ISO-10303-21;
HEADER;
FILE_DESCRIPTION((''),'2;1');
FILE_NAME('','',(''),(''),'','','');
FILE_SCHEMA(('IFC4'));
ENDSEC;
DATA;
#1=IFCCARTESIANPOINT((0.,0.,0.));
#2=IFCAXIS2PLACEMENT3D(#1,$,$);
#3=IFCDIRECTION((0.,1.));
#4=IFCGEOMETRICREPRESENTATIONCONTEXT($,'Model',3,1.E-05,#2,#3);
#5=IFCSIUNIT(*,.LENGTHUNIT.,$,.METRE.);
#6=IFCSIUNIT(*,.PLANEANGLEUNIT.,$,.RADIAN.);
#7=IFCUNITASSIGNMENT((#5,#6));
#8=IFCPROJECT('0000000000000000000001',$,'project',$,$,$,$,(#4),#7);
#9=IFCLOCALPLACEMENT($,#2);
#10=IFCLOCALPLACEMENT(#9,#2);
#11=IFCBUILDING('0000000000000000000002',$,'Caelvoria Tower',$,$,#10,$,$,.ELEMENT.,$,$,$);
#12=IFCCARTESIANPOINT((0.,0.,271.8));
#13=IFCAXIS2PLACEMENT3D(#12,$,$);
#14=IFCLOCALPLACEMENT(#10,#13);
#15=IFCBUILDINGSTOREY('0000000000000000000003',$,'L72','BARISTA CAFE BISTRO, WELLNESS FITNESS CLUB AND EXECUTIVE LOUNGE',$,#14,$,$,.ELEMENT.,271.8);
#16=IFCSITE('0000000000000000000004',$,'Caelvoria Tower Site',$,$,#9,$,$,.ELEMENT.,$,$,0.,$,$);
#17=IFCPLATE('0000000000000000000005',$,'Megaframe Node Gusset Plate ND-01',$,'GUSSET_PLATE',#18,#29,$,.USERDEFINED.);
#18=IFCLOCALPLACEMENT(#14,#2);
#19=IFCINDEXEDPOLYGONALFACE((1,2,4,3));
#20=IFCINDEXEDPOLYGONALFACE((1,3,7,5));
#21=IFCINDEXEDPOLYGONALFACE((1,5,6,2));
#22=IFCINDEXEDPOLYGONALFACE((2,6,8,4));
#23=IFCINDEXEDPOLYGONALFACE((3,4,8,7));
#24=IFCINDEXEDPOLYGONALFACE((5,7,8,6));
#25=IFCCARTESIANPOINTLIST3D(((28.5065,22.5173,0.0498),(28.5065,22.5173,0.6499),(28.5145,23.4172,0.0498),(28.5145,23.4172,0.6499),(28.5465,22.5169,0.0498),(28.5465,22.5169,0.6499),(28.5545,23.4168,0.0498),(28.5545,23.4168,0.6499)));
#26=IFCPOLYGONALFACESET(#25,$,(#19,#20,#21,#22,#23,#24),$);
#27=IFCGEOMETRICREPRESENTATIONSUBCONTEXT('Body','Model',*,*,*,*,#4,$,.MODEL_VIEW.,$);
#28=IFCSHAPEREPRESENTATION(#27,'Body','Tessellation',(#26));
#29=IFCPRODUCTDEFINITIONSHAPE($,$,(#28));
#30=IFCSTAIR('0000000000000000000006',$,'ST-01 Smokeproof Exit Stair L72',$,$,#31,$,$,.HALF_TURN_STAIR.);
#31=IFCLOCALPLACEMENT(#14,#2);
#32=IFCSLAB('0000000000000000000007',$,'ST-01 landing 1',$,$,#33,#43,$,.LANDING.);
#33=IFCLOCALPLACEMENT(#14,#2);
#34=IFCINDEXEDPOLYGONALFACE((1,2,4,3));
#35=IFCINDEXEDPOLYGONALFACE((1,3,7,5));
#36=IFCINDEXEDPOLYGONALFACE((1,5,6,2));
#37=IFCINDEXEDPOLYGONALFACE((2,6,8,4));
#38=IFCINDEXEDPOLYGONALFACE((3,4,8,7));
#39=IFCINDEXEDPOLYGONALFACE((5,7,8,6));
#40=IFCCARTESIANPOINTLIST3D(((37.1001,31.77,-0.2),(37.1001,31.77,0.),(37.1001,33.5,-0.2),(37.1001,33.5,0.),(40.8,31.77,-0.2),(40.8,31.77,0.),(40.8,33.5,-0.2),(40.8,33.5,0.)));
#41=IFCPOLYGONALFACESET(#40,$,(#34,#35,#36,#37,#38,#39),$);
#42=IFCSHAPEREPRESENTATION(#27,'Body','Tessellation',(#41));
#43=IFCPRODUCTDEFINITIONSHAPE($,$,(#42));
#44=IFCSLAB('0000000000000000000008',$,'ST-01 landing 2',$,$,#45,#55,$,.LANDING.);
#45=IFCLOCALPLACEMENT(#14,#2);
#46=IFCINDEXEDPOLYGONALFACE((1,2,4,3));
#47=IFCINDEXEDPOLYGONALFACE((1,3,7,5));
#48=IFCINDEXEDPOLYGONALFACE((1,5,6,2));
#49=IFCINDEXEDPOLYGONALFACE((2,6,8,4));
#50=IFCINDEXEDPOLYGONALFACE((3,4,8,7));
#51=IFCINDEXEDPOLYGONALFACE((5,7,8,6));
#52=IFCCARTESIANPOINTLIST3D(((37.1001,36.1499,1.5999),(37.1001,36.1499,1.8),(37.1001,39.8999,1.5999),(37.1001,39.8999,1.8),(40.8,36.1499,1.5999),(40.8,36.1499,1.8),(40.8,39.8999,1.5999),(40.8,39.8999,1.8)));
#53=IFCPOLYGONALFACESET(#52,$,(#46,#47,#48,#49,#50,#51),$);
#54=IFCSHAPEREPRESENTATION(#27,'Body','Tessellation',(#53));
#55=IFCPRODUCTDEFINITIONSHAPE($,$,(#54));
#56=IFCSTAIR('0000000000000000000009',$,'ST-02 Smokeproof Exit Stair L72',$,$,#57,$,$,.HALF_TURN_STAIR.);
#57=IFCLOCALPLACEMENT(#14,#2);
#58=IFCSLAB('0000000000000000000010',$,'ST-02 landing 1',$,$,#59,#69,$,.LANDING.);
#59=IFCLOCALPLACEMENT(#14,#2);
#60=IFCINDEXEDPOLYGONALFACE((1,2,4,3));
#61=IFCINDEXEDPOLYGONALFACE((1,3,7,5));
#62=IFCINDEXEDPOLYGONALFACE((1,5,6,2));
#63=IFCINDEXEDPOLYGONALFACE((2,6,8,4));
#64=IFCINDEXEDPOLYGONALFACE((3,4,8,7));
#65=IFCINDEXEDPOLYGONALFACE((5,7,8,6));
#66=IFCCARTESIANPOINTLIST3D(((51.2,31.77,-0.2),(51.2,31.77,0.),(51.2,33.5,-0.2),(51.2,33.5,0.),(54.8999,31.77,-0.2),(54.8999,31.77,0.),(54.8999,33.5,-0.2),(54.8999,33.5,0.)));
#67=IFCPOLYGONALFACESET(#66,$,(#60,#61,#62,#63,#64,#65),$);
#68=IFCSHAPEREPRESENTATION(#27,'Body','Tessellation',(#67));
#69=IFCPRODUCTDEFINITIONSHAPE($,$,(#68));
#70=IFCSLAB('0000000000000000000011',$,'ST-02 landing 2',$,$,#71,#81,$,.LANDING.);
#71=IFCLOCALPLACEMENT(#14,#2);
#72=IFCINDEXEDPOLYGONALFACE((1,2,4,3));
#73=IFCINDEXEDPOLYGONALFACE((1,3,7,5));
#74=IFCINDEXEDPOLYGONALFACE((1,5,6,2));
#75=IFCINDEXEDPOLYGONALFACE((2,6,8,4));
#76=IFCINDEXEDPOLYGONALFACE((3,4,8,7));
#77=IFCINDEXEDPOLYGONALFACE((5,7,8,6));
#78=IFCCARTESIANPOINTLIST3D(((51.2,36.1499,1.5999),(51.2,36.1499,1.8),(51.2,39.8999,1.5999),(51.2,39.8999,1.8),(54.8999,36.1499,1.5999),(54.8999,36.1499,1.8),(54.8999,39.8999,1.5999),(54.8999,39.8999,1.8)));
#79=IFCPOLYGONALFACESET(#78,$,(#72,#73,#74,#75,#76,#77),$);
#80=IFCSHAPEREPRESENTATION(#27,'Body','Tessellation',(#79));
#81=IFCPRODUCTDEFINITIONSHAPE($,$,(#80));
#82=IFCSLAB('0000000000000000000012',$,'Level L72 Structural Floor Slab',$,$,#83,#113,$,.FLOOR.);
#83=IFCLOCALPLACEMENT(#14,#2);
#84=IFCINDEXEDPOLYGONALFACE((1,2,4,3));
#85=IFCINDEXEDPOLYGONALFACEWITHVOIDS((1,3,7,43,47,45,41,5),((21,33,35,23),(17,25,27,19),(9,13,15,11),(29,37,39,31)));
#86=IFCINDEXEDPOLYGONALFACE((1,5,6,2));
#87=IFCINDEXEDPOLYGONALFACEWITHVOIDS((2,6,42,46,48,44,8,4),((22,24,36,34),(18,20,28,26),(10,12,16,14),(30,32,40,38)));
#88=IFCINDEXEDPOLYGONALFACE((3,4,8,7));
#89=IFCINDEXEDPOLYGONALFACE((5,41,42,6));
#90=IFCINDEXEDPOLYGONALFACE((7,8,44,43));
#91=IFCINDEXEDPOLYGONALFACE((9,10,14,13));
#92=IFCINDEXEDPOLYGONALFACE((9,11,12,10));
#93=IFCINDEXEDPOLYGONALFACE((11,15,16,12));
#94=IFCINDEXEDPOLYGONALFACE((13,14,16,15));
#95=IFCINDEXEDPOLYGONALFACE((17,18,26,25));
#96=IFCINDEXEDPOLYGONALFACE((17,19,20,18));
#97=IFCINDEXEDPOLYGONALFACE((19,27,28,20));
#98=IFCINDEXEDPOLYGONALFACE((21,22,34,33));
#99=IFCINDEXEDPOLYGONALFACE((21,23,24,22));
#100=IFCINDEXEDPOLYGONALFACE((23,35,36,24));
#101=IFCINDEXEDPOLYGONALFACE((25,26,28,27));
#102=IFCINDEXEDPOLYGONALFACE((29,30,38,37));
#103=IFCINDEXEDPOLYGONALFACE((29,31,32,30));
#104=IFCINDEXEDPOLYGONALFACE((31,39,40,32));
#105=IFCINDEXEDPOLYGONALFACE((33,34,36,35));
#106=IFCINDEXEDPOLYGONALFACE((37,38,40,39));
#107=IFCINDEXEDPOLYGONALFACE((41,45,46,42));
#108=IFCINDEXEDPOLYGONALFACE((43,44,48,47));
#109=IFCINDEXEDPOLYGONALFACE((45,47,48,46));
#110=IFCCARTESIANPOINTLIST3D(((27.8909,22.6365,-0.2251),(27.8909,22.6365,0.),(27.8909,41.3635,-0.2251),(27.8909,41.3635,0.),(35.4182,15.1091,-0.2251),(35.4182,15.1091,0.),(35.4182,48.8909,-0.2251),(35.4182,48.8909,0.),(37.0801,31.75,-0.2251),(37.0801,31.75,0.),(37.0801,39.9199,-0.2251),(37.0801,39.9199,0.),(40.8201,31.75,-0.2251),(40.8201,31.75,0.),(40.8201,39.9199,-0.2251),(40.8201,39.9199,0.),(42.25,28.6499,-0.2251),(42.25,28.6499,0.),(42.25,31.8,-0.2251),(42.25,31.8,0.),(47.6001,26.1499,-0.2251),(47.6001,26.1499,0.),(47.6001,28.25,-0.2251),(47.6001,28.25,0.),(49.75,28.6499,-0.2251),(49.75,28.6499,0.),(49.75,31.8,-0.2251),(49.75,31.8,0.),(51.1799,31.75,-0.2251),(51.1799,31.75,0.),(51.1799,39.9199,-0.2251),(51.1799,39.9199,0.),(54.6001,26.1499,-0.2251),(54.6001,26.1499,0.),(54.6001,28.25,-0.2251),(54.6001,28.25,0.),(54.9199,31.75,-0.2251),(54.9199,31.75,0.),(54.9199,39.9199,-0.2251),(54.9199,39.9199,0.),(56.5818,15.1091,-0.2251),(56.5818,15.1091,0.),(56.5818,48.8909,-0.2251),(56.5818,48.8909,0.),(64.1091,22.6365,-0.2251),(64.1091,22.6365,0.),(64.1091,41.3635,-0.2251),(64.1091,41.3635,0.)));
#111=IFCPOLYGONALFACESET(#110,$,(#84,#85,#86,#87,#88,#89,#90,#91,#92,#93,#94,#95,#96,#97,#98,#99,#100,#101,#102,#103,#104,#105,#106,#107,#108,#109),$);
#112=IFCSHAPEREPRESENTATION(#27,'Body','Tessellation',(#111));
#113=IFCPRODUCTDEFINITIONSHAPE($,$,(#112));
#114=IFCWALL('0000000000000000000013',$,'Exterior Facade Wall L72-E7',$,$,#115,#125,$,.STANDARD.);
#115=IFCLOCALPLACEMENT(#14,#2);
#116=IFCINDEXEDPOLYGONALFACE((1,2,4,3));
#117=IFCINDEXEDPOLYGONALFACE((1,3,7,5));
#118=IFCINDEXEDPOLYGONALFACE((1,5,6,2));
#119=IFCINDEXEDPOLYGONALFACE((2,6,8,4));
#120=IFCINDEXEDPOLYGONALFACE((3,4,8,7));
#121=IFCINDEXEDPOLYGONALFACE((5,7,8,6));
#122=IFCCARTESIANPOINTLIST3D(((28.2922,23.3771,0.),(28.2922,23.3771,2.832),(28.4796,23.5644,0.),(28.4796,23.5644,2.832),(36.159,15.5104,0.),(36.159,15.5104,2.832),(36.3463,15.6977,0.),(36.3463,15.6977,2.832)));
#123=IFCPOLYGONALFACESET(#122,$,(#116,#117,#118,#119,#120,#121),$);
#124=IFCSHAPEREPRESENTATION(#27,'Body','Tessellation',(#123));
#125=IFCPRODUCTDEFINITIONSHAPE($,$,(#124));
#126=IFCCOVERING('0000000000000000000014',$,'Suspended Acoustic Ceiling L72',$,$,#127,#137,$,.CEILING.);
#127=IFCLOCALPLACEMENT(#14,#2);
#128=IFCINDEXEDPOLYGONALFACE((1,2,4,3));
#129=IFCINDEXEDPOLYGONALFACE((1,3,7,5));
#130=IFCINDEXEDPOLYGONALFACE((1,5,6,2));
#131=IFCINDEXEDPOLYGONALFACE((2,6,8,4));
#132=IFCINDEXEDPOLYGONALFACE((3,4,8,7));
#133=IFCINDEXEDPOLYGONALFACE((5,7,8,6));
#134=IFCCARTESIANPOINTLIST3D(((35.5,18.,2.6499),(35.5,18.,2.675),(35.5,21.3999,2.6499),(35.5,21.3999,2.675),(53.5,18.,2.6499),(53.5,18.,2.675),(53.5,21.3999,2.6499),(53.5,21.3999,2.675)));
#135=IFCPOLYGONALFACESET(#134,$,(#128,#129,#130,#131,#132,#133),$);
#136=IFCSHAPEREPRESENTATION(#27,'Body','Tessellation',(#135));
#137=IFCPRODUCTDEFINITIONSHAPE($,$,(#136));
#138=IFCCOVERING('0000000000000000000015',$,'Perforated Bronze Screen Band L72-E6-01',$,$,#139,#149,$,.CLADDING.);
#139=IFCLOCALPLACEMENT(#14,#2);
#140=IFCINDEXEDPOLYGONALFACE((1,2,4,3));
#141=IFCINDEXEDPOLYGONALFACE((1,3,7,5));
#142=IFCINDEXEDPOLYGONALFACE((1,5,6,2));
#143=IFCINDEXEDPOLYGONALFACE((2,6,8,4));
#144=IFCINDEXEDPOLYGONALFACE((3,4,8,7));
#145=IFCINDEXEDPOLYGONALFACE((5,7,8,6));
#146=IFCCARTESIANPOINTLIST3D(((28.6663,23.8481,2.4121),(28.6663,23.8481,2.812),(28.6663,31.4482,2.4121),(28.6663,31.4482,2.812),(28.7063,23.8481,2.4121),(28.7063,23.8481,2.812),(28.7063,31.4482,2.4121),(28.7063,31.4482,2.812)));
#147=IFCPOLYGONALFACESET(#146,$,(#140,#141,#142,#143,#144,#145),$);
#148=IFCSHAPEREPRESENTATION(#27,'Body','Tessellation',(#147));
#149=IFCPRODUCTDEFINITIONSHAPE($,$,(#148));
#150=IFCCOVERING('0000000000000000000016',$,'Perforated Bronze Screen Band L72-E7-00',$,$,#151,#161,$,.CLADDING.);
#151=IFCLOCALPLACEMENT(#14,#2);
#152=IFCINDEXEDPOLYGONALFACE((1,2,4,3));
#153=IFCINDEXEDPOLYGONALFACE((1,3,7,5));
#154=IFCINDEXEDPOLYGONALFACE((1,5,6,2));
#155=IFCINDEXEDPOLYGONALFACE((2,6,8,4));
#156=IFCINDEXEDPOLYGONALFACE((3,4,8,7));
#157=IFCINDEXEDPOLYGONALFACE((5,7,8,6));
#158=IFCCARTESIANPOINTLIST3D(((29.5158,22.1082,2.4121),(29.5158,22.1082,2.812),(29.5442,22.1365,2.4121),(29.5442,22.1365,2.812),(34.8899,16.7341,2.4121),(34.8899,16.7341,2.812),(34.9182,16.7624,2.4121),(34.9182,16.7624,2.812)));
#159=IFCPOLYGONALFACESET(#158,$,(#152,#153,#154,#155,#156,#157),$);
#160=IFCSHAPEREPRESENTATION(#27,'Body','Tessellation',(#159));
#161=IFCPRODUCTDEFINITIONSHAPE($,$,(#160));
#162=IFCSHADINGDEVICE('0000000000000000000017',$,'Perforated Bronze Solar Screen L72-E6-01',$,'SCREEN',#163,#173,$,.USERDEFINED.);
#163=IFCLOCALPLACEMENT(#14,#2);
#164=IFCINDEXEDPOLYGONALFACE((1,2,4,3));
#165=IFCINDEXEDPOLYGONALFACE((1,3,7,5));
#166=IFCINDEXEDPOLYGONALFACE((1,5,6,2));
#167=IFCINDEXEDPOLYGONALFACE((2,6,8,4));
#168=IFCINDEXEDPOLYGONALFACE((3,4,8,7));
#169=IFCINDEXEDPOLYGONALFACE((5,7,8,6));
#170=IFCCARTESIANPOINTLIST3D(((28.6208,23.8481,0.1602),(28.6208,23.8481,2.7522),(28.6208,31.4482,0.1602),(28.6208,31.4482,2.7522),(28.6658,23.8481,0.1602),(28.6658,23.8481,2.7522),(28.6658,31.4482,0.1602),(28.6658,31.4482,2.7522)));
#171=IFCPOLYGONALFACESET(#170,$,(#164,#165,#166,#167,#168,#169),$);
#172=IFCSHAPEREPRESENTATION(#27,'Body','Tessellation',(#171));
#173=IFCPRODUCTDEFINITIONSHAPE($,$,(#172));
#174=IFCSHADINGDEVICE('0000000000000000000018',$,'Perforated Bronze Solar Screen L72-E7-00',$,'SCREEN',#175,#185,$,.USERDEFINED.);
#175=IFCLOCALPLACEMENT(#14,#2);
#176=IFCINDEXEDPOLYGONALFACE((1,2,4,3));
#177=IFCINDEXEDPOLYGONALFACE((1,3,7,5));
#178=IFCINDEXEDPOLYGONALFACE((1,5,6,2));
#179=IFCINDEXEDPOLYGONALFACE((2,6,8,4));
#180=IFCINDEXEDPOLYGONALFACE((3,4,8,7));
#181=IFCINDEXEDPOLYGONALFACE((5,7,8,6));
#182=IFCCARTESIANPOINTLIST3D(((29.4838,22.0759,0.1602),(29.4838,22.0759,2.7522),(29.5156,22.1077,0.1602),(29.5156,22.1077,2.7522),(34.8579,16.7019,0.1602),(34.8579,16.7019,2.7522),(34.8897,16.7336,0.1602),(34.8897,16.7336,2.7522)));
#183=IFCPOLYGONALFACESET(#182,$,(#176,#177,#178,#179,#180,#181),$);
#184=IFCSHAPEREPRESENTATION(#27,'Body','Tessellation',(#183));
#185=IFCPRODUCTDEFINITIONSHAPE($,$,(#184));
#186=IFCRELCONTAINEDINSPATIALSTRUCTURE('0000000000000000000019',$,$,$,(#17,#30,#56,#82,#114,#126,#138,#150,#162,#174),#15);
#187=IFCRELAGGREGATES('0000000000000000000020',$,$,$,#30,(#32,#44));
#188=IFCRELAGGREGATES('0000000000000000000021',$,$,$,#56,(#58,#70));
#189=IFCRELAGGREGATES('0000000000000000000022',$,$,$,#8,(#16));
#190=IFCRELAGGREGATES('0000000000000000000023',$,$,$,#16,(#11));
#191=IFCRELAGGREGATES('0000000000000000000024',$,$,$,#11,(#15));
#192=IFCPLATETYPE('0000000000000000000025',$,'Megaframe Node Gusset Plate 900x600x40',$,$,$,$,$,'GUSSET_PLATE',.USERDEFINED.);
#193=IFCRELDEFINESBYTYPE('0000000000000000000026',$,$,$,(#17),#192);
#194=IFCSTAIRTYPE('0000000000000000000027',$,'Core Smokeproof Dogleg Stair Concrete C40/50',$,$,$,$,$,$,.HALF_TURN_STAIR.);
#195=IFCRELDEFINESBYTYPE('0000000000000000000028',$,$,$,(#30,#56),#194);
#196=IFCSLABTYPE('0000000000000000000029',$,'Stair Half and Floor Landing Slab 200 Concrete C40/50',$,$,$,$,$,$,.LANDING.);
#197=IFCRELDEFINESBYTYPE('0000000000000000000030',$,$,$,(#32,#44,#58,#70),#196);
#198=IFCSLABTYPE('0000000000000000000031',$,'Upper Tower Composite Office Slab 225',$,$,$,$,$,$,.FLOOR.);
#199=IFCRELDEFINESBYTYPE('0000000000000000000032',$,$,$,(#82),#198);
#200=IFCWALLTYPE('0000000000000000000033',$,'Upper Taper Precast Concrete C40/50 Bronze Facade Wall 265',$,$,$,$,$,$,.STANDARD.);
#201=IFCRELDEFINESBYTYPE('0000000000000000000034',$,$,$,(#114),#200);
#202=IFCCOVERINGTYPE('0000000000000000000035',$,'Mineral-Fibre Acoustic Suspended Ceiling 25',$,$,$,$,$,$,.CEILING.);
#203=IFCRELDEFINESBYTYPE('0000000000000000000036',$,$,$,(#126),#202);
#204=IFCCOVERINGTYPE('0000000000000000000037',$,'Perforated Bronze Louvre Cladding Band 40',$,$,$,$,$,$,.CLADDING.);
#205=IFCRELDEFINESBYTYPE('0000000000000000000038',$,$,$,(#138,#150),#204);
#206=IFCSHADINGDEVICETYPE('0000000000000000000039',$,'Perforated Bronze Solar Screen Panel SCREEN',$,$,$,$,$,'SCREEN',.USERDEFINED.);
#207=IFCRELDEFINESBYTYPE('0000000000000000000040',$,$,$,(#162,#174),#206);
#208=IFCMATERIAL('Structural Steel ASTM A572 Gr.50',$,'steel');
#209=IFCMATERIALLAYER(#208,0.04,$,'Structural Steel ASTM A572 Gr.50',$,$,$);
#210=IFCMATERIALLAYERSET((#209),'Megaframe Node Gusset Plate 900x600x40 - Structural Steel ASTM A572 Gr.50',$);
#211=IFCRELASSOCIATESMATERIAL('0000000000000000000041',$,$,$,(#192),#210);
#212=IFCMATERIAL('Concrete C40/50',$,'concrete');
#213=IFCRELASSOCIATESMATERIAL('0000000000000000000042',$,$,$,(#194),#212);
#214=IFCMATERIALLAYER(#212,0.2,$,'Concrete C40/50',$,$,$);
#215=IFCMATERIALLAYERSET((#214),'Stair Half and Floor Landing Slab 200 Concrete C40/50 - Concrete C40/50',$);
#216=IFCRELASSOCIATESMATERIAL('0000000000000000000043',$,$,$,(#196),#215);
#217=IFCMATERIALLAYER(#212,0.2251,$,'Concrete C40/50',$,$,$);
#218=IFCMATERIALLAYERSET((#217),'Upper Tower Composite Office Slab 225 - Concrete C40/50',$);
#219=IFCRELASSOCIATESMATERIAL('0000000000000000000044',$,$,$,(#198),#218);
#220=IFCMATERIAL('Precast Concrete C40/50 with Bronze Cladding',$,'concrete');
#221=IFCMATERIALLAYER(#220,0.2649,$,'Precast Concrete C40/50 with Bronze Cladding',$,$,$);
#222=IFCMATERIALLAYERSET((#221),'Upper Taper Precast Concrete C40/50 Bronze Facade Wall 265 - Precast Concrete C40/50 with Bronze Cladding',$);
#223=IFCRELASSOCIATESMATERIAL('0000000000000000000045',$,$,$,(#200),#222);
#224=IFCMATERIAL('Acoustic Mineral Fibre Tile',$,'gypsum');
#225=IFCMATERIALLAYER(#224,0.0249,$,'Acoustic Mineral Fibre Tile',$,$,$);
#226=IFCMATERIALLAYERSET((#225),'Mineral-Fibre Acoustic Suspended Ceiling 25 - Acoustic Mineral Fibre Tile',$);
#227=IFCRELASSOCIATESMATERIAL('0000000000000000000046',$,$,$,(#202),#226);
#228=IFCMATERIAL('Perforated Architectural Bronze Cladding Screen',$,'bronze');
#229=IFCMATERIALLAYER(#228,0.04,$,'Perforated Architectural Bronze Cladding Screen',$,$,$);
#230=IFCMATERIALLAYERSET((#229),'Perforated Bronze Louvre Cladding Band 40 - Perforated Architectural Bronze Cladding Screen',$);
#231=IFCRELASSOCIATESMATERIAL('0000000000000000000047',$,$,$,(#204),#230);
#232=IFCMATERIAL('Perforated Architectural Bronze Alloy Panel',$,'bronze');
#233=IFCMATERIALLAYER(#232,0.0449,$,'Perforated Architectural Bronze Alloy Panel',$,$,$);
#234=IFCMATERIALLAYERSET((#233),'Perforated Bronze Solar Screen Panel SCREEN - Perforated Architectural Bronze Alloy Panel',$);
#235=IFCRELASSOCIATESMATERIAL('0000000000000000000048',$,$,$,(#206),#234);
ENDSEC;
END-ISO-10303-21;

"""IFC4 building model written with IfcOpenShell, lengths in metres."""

from ifc_helpers import new_model, si_unit, direction, frame, frame_2d, origin, origin_2d, place, context, subcontext, project, spatial, polyline, rectangle, outline, extrude, material, layer, layer_set, type_object, element, aggregate, save


model = new_model("IFC4")

# Units and contexts
model_context = context("Model", 3, precision=1e-05, world=origin(), true_north=direction((0.0, 1.0)))
body_context = subcontext(model_context, "Body", "Model", "MODEL_VIEW")
ifc_project = project(units=[si_unit("LENGTHUNIT", "METRE"), si_unit("PLANEANGLEUNIT", "RADIAN")], contexts=[model_context])

# Site, building, storey
site_placement = place(None, origin())
site = spatial("IfcSite", under=ifc_project, at=site_placement, Name="Caelvoria Tower Site", CompositionType="ELEMENT", RefElevation=0.0)
building_placement = place(site_placement, origin())
building = spatial("IfcBuilding", under=site, at=building_placement, Name="Caelvoria Tower", CompositionType="ELEMENT")
storey_placement = place(building_placement, frame((0.0, 0.0, 271.8)))
storey = spatial("IfcBuildingStorey", under=building, at=storey_placement, Name="L72", Description="BARISTA CAFE BISTRO, WELLNESS FITNESS CLUB AND EXECUTIVE LOUNGE", CompositionType="ELEMENT", Elevation=271.8)

# Shared definitions
ifc_material_1 = material(Name="Structural Steel ASTM A572 Gr.50", Category="steel")

# Plate
ifc_layer_1 = layer(ifc_material_1, 0.04, Name="Structural Steel ASTM A572 Gr.50")
ifc_layer_set_1 = layer_set([ifc_layer_1], Name="Megaframe Node Gusset Plate 900x600x40 - Structural Steel ASTM A572 Gr.50")
plate_type = type_object("IfcPlateType", Name="Megaframe Node Gusset Plate 900x600x40", ElementType="GUSSET_PLATE", PredefinedType="USERDEFINED", material=ifc_layer_set_1)
for number, where, z_axis, x_axis, name in (
    (1, (28.5305, 22.967, 0.0498), (0.0, 0.0, 1.0), (0.008901, 0.99996, 0.0), "Megaframe Node Gusset Plate ND-01"),
):
    element("IfcPlate", number, at=place(storey_placement, frame(where, z_axis=z_axis, x_axis=x_axis)), inside=storey, type_object=plate_type, Name=name, ObjectType="GUSSET_PLATE", PredefinedType="USERDEFINED", context=body_context, shape_type="SweptSolid", body=[
        extrude(rectangle(XDim=0.8999, YDim=0.04, at=origin_2d()), origin(), (0.0, 0.0, 1.0), 0.6001),
    ])

# Stairs, slabs
ifc_material_2 = material(Name="Concrete C40/50", Category="concrete")
stair_type = type_object("IfcStairType", Name="Core Smokeproof Dogleg Stair Concrete C40/50", PredefinedType="HALF_TURN_STAIR", material=ifc_material_2)
stair_1_placement = place(storey_placement, origin())
stair_1 = element("IfcStair", 2, at=stair_1_placement, inside=storey, type_object=stair_type, Name="ST-01 Smokeproof Exit Stair L72", PredefinedType="HALF_TURN_STAIR")
ifc_layer_2 = layer(ifc_material_2, 0.2, Name="Concrete C40/50")
ifc_layer_set_2 = layer_set([ifc_layer_2], Name="Stair Half and Floor Landing Slab 200 Concrete C40/50 - Concrete C40/50")
slab_type_1 = type_object("IfcSlabType", Name="Stair Half and Floor Landing Slab 200 Concrete C40/50", PredefinedType="LANDING", material=ifc_layer_set_2)
slab_1_placement = place(storey_placement, frame((0.0, 0.0, -0.2)))
slab_1 = element("IfcSlab", 3, at=slab_1_placement, type_object=slab_type_1, Name="ST-01 landing 1", PredefinedType="LANDING", context=body_context, shape_type="SweptSolid", body=[
    extrude(outline(polyline([(37.1001, 31.77), (40.8, 31.77), (40.8, 33.5), (37.1001, 33.5), (37.1001, 31.77)])), origin(), (0.0, 0.0, 1.0), 0.2),
])
slab_2_placement = place(storey_placement, frame((0.0, 0.0, 1.5999)))
slab_2 = element("IfcSlab", 4, at=slab_2_placement, type_object=slab_type_1, Name="ST-01 landing 2", PredefinedType="LANDING", context=body_context, shape_type="SweptSolid", body=[
    extrude(outline(polyline([(37.1001, 36.1499), (40.8, 36.1499), (40.8, 39.8999), (37.1001, 39.8999), (37.1001, 36.1499)])), origin(), (0.0, 0.0, 1.0), 0.2002),
])
aggregate(stair_1, [slab_1, slab_2])
stair_2_placement = place(storey_placement, origin())
stair_2 = element("IfcStair", 5, at=stair_2_placement, inside=storey, type_object=stair_type, Name="ST-02 Smokeproof Exit Stair L72", PredefinedType="HALF_TURN_STAIR")
slab_3_placement = place(storey_placement, frame((0.0, 0.0, -0.2)))
slab_3 = element("IfcSlab", 6, at=slab_3_placement, type_object=slab_type_1, Name="ST-02 landing 1", PredefinedType="LANDING", context=body_context, shape_type="SweptSolid", body=[
    extrude(outline(polyline([(51.2, 31.77), (54.8999, 31.77), (54.8999, 33.5), (51.2, 33.5), (51.2, 31.77)])), origin(), (0.0, 0.0, 1.0), 0.2),
])
slab_4_placement = place(storey_placement, frame((0.0, 0.0, 1.5999)))
slab_4 = element("IfcSlab", 7, at=slab_4_placement, type_object=slab_type_1, Name="ST-02 landing 2", PredefinedType="LANDING", context=body_context, shape_type="SweptSolid", body=[
    extrude(outline(polyline([(51.2, 36.1499), (54.8999, 36.1499), (54.8999, 39.8999), (51.2, 39.8999), (51.2, 36.1499)])), origin(), (0.0, 0.0, 1.0), 0.2002),
])
aggregate(stair_2, [slab_3, slab_4])

# Slab
ifc_layer_3 = layer(ifc_material_2, 0.2251, Name="Concrete C40/50")
ifc_layer_set_3 = layer_set([ifc_layer_3], Name="Upper Tower Composite Office Slab 225 - Concrete C40/50")
slab_type_2 = type_object("IfcSlabType", Name="Upper Tower Composite Office Slab 225", PredefinedType="FLOOR", material=ifc_layer_set_3)
slab_5_placement = place(storey_placement, frame((0.0, 0.0, -0.2251)))
element("IfcSlab", 8, at=slab_5_placement, inside=storey, type_object=slab_type_2, Name="Level L72 Structural Floor Slab", PredefinedType="FLOOR", context=body_context, shape_type="SweptSolid", body=[
    extrude(outline(polyline([(35.4182, 15.1091), (56.5818, 15.1091), (64.1091, 22.6365), (64.1091, 41.3635), (56.5818, 48.8909), (35.4182, 48.8909), (27.8909, 41.3635), (27.8909, 22.6365), (35.4182, 15.1091)]), holes=[polyline([(37.0801, 31.75), (40.8201, 31.75), (40.8201, 39.9199), (37.0801, 39.9199), (37.0801, 31.75)]), polyline([(51.1799, 31.75), (54.9199, 31.75), (54.9199, 39.9199), (51.1799, 39.9199), (51.1799, 31.75)]), polyline([(42.25, 28.6499), (49.75, 28.6499), (49.75, 31.8), (42.25, 31.8), (42.25, 28.6499)]), polyline([(47.6001, 26.1499), (54.6001, 26.1499), (54.6001, 28.25), (47.6001, 28.25), (47.6001, 26.1499)])]), origin(), (0.0, 0.0, 1.0), 0.2251),
])

# Wall
ifc_material_3 = material(Name="Precast Concrete C40/50 with Bronze Cladding", Category="concrete")
ifc_layer_4 = layer(ifc_material_3, 0.2649, Name="Precast Concrete C40/50 with Bronze Cladding")
ifc_layer_set_4 = layer_set([ifc_layer_4], Name="Upper Taper Precast Concrete C40/50 Bronze Facade Wall 265 - Precast Concrete C40/50 with Bronze Cladding")
wall_type = type_object("IfcWallType", Name="Upper Taper Precast Concrete C40/50 Bronze Facade Wall 265", PredefinedType="STANDARD", material=ifc_layer_set_4)
wall_placement = place(storey_placement, frame((28.386, 23.4707, 0.0), z_axis=(0.0, 0.0, 1.0), x_axis=(0.707107, -0.707107, 0.0)))
element("IfcWall", 9, at=wall_placement, inside=storey, type_object=wall_type, Name="Exterior Facade Wall L72-E7", PredefinedType="STANDARD", context=body_context, shape_type="SweptSolid", body=[
    extrude(rectangle(XDim=11.1252, YDim=0.2649, at=frame_2d((5.5625, 0.0))), origin(), (0.0, 0.0, 1.0), 2.832),
])

# Coverings
ifc_material_4 = material(Name="Acoustic Mineral Fibre Tile", Category="gypsum")
ifc_layer_5 = layer(ifc_material_4, 0.0249, Name="Acoustic Mineral Fibre Tile")
ifc_layer_set_5 = layer_set([ifc_layer_5], Name="Mineral-Fibre Acoustic Suspended Ceiling 25 - Acoustic Mineral Fibre Tile")
covering_type_1 = type_object("IfcCoveringType", Name="Mineral-Fibre Acoustic Suspended Ceiling 25", PredefinedType="CEILING", material=ifc_layer_set_5)
covering_1_placement = place(storey_placement, frame((0.0, 0.0, 2.6499)))
element("IfcCovering", 10, at=covering_1_placement, inside=storey, type_object=covering_type_1, Name="Suspended Acoustic Ceiling L72", PredefinedType="CEILING", context=body_context, shape_type="SweptSolid", body=[
    extrude(outline(polyline([(35.5, 18.0), (53.5, 18.0), (53.5, 21.3999), (35.5, 21.3999), (35.5, 18.0)])), origin(), (0.0, 0.0, 1.0), 0.0251),
])
ifc_material_5 = material(Name="Perforated Architectural Bronze Cladding Screen", Category="bronze")
ifc_layer_6 = layer(ifc_material_5, 0.04, Name="Perforated Architectural Bronze Cladding Screen")
ifc_layer_set_6 = layer_set([ifc_layer_6], Name="Perforated Bronze Louvre Cladding Band 40 - Perforated Architectural Bronze Cladding Screen")
covering_type_2 = type_object("IfcCoveringType", Name="Perforated Bronze Louvre Cladding Band 40", PredefinedType="CLADDING", material=ifc_layer_set_6)
for number, where, z_axis, x_axis, name in (
    (11, (28.6863, 27.6482, 2.4121), (0.0, 0.0, 1.0), (0.0, -1.0, 0.0), "Perforated Bronze Screen Band L72-E6-01"),
    (12, (32.217, 19.4353, 2.4121), (0.0, 0.0, 1.0), (0.707107, -0.707107, 0.0), "Perforated Bronze Screen Band L72-E7-00"),
):
    element("IfcCovering", number, at=place(storey_placement, frame(where, z_axis=z_axis, x_axis=x_axis)), inside=storey, type_object=covering_type_2, Name=name, PredefinedType="CLADDING", context=body_context, shape_type="SweptSolid", body=[
        extrude(rectangle(XDim=7.6001, YDim=0.04, at=origin_2d()), origin(), (0.0, 0.0, 1.0), 0.3999),
    ])

# Shading devices
ifc_material_6 = material(Name="Perforated Architectural Bronze Alloy Panel", Category="bronze")
ifc_layer_7 = layer(ifc_material_6, 0.0449, Name="Perforated Architectural Bronze Alloy Panel")
ifc_layer_set_7 = layer_set([ifc_layer_7], Name="Perforated Bronze Solar Screen Panel SCREEN - Perforated Architectural Bronze Alloy Panel")
shading_device_type = type_object("IfcShadingDeviceType", Name="Perforated Bronze Solar Screen Panel SCREEN", ElementType="SCREEN", PredefinedType="USERDEFINED", material=ifc_layer_set_7)
for number, where, z_axis, x_axis, name in (
    (13, (28.6433, 27.6482, 0.1602), (0.0, 0.0, 1.0), (0.0, -1.0, 0.0), "Perforated Bronze Solar Screen L72-E6-01"),
    (14, (32.1868, 19.4048, 0.1602), (0.0, 0.0, 1.0), (0.707107, -0.707107, 0.0), "Perforated Bronze Solar Screen L72-E7-00"),
):
    element("IfcShadingDevice", number, at=place(storey_placement, frame(where, z_axis=z_axis, x_axis=x_axis)), inside=storey, type_object=shading_device_type, Name=name, ObjectType="SCREEN", PredefinedType="USERDEFINED", context=body_context, shape_type="SweptSolid", body=[
        extrude(rectangle(XDim=7.6001, YDim=0.0449, at=origin_2d()), origin(), (0.0, 0.0, 1.0), 2.592),
    ])

save(model, "model.ifc")
